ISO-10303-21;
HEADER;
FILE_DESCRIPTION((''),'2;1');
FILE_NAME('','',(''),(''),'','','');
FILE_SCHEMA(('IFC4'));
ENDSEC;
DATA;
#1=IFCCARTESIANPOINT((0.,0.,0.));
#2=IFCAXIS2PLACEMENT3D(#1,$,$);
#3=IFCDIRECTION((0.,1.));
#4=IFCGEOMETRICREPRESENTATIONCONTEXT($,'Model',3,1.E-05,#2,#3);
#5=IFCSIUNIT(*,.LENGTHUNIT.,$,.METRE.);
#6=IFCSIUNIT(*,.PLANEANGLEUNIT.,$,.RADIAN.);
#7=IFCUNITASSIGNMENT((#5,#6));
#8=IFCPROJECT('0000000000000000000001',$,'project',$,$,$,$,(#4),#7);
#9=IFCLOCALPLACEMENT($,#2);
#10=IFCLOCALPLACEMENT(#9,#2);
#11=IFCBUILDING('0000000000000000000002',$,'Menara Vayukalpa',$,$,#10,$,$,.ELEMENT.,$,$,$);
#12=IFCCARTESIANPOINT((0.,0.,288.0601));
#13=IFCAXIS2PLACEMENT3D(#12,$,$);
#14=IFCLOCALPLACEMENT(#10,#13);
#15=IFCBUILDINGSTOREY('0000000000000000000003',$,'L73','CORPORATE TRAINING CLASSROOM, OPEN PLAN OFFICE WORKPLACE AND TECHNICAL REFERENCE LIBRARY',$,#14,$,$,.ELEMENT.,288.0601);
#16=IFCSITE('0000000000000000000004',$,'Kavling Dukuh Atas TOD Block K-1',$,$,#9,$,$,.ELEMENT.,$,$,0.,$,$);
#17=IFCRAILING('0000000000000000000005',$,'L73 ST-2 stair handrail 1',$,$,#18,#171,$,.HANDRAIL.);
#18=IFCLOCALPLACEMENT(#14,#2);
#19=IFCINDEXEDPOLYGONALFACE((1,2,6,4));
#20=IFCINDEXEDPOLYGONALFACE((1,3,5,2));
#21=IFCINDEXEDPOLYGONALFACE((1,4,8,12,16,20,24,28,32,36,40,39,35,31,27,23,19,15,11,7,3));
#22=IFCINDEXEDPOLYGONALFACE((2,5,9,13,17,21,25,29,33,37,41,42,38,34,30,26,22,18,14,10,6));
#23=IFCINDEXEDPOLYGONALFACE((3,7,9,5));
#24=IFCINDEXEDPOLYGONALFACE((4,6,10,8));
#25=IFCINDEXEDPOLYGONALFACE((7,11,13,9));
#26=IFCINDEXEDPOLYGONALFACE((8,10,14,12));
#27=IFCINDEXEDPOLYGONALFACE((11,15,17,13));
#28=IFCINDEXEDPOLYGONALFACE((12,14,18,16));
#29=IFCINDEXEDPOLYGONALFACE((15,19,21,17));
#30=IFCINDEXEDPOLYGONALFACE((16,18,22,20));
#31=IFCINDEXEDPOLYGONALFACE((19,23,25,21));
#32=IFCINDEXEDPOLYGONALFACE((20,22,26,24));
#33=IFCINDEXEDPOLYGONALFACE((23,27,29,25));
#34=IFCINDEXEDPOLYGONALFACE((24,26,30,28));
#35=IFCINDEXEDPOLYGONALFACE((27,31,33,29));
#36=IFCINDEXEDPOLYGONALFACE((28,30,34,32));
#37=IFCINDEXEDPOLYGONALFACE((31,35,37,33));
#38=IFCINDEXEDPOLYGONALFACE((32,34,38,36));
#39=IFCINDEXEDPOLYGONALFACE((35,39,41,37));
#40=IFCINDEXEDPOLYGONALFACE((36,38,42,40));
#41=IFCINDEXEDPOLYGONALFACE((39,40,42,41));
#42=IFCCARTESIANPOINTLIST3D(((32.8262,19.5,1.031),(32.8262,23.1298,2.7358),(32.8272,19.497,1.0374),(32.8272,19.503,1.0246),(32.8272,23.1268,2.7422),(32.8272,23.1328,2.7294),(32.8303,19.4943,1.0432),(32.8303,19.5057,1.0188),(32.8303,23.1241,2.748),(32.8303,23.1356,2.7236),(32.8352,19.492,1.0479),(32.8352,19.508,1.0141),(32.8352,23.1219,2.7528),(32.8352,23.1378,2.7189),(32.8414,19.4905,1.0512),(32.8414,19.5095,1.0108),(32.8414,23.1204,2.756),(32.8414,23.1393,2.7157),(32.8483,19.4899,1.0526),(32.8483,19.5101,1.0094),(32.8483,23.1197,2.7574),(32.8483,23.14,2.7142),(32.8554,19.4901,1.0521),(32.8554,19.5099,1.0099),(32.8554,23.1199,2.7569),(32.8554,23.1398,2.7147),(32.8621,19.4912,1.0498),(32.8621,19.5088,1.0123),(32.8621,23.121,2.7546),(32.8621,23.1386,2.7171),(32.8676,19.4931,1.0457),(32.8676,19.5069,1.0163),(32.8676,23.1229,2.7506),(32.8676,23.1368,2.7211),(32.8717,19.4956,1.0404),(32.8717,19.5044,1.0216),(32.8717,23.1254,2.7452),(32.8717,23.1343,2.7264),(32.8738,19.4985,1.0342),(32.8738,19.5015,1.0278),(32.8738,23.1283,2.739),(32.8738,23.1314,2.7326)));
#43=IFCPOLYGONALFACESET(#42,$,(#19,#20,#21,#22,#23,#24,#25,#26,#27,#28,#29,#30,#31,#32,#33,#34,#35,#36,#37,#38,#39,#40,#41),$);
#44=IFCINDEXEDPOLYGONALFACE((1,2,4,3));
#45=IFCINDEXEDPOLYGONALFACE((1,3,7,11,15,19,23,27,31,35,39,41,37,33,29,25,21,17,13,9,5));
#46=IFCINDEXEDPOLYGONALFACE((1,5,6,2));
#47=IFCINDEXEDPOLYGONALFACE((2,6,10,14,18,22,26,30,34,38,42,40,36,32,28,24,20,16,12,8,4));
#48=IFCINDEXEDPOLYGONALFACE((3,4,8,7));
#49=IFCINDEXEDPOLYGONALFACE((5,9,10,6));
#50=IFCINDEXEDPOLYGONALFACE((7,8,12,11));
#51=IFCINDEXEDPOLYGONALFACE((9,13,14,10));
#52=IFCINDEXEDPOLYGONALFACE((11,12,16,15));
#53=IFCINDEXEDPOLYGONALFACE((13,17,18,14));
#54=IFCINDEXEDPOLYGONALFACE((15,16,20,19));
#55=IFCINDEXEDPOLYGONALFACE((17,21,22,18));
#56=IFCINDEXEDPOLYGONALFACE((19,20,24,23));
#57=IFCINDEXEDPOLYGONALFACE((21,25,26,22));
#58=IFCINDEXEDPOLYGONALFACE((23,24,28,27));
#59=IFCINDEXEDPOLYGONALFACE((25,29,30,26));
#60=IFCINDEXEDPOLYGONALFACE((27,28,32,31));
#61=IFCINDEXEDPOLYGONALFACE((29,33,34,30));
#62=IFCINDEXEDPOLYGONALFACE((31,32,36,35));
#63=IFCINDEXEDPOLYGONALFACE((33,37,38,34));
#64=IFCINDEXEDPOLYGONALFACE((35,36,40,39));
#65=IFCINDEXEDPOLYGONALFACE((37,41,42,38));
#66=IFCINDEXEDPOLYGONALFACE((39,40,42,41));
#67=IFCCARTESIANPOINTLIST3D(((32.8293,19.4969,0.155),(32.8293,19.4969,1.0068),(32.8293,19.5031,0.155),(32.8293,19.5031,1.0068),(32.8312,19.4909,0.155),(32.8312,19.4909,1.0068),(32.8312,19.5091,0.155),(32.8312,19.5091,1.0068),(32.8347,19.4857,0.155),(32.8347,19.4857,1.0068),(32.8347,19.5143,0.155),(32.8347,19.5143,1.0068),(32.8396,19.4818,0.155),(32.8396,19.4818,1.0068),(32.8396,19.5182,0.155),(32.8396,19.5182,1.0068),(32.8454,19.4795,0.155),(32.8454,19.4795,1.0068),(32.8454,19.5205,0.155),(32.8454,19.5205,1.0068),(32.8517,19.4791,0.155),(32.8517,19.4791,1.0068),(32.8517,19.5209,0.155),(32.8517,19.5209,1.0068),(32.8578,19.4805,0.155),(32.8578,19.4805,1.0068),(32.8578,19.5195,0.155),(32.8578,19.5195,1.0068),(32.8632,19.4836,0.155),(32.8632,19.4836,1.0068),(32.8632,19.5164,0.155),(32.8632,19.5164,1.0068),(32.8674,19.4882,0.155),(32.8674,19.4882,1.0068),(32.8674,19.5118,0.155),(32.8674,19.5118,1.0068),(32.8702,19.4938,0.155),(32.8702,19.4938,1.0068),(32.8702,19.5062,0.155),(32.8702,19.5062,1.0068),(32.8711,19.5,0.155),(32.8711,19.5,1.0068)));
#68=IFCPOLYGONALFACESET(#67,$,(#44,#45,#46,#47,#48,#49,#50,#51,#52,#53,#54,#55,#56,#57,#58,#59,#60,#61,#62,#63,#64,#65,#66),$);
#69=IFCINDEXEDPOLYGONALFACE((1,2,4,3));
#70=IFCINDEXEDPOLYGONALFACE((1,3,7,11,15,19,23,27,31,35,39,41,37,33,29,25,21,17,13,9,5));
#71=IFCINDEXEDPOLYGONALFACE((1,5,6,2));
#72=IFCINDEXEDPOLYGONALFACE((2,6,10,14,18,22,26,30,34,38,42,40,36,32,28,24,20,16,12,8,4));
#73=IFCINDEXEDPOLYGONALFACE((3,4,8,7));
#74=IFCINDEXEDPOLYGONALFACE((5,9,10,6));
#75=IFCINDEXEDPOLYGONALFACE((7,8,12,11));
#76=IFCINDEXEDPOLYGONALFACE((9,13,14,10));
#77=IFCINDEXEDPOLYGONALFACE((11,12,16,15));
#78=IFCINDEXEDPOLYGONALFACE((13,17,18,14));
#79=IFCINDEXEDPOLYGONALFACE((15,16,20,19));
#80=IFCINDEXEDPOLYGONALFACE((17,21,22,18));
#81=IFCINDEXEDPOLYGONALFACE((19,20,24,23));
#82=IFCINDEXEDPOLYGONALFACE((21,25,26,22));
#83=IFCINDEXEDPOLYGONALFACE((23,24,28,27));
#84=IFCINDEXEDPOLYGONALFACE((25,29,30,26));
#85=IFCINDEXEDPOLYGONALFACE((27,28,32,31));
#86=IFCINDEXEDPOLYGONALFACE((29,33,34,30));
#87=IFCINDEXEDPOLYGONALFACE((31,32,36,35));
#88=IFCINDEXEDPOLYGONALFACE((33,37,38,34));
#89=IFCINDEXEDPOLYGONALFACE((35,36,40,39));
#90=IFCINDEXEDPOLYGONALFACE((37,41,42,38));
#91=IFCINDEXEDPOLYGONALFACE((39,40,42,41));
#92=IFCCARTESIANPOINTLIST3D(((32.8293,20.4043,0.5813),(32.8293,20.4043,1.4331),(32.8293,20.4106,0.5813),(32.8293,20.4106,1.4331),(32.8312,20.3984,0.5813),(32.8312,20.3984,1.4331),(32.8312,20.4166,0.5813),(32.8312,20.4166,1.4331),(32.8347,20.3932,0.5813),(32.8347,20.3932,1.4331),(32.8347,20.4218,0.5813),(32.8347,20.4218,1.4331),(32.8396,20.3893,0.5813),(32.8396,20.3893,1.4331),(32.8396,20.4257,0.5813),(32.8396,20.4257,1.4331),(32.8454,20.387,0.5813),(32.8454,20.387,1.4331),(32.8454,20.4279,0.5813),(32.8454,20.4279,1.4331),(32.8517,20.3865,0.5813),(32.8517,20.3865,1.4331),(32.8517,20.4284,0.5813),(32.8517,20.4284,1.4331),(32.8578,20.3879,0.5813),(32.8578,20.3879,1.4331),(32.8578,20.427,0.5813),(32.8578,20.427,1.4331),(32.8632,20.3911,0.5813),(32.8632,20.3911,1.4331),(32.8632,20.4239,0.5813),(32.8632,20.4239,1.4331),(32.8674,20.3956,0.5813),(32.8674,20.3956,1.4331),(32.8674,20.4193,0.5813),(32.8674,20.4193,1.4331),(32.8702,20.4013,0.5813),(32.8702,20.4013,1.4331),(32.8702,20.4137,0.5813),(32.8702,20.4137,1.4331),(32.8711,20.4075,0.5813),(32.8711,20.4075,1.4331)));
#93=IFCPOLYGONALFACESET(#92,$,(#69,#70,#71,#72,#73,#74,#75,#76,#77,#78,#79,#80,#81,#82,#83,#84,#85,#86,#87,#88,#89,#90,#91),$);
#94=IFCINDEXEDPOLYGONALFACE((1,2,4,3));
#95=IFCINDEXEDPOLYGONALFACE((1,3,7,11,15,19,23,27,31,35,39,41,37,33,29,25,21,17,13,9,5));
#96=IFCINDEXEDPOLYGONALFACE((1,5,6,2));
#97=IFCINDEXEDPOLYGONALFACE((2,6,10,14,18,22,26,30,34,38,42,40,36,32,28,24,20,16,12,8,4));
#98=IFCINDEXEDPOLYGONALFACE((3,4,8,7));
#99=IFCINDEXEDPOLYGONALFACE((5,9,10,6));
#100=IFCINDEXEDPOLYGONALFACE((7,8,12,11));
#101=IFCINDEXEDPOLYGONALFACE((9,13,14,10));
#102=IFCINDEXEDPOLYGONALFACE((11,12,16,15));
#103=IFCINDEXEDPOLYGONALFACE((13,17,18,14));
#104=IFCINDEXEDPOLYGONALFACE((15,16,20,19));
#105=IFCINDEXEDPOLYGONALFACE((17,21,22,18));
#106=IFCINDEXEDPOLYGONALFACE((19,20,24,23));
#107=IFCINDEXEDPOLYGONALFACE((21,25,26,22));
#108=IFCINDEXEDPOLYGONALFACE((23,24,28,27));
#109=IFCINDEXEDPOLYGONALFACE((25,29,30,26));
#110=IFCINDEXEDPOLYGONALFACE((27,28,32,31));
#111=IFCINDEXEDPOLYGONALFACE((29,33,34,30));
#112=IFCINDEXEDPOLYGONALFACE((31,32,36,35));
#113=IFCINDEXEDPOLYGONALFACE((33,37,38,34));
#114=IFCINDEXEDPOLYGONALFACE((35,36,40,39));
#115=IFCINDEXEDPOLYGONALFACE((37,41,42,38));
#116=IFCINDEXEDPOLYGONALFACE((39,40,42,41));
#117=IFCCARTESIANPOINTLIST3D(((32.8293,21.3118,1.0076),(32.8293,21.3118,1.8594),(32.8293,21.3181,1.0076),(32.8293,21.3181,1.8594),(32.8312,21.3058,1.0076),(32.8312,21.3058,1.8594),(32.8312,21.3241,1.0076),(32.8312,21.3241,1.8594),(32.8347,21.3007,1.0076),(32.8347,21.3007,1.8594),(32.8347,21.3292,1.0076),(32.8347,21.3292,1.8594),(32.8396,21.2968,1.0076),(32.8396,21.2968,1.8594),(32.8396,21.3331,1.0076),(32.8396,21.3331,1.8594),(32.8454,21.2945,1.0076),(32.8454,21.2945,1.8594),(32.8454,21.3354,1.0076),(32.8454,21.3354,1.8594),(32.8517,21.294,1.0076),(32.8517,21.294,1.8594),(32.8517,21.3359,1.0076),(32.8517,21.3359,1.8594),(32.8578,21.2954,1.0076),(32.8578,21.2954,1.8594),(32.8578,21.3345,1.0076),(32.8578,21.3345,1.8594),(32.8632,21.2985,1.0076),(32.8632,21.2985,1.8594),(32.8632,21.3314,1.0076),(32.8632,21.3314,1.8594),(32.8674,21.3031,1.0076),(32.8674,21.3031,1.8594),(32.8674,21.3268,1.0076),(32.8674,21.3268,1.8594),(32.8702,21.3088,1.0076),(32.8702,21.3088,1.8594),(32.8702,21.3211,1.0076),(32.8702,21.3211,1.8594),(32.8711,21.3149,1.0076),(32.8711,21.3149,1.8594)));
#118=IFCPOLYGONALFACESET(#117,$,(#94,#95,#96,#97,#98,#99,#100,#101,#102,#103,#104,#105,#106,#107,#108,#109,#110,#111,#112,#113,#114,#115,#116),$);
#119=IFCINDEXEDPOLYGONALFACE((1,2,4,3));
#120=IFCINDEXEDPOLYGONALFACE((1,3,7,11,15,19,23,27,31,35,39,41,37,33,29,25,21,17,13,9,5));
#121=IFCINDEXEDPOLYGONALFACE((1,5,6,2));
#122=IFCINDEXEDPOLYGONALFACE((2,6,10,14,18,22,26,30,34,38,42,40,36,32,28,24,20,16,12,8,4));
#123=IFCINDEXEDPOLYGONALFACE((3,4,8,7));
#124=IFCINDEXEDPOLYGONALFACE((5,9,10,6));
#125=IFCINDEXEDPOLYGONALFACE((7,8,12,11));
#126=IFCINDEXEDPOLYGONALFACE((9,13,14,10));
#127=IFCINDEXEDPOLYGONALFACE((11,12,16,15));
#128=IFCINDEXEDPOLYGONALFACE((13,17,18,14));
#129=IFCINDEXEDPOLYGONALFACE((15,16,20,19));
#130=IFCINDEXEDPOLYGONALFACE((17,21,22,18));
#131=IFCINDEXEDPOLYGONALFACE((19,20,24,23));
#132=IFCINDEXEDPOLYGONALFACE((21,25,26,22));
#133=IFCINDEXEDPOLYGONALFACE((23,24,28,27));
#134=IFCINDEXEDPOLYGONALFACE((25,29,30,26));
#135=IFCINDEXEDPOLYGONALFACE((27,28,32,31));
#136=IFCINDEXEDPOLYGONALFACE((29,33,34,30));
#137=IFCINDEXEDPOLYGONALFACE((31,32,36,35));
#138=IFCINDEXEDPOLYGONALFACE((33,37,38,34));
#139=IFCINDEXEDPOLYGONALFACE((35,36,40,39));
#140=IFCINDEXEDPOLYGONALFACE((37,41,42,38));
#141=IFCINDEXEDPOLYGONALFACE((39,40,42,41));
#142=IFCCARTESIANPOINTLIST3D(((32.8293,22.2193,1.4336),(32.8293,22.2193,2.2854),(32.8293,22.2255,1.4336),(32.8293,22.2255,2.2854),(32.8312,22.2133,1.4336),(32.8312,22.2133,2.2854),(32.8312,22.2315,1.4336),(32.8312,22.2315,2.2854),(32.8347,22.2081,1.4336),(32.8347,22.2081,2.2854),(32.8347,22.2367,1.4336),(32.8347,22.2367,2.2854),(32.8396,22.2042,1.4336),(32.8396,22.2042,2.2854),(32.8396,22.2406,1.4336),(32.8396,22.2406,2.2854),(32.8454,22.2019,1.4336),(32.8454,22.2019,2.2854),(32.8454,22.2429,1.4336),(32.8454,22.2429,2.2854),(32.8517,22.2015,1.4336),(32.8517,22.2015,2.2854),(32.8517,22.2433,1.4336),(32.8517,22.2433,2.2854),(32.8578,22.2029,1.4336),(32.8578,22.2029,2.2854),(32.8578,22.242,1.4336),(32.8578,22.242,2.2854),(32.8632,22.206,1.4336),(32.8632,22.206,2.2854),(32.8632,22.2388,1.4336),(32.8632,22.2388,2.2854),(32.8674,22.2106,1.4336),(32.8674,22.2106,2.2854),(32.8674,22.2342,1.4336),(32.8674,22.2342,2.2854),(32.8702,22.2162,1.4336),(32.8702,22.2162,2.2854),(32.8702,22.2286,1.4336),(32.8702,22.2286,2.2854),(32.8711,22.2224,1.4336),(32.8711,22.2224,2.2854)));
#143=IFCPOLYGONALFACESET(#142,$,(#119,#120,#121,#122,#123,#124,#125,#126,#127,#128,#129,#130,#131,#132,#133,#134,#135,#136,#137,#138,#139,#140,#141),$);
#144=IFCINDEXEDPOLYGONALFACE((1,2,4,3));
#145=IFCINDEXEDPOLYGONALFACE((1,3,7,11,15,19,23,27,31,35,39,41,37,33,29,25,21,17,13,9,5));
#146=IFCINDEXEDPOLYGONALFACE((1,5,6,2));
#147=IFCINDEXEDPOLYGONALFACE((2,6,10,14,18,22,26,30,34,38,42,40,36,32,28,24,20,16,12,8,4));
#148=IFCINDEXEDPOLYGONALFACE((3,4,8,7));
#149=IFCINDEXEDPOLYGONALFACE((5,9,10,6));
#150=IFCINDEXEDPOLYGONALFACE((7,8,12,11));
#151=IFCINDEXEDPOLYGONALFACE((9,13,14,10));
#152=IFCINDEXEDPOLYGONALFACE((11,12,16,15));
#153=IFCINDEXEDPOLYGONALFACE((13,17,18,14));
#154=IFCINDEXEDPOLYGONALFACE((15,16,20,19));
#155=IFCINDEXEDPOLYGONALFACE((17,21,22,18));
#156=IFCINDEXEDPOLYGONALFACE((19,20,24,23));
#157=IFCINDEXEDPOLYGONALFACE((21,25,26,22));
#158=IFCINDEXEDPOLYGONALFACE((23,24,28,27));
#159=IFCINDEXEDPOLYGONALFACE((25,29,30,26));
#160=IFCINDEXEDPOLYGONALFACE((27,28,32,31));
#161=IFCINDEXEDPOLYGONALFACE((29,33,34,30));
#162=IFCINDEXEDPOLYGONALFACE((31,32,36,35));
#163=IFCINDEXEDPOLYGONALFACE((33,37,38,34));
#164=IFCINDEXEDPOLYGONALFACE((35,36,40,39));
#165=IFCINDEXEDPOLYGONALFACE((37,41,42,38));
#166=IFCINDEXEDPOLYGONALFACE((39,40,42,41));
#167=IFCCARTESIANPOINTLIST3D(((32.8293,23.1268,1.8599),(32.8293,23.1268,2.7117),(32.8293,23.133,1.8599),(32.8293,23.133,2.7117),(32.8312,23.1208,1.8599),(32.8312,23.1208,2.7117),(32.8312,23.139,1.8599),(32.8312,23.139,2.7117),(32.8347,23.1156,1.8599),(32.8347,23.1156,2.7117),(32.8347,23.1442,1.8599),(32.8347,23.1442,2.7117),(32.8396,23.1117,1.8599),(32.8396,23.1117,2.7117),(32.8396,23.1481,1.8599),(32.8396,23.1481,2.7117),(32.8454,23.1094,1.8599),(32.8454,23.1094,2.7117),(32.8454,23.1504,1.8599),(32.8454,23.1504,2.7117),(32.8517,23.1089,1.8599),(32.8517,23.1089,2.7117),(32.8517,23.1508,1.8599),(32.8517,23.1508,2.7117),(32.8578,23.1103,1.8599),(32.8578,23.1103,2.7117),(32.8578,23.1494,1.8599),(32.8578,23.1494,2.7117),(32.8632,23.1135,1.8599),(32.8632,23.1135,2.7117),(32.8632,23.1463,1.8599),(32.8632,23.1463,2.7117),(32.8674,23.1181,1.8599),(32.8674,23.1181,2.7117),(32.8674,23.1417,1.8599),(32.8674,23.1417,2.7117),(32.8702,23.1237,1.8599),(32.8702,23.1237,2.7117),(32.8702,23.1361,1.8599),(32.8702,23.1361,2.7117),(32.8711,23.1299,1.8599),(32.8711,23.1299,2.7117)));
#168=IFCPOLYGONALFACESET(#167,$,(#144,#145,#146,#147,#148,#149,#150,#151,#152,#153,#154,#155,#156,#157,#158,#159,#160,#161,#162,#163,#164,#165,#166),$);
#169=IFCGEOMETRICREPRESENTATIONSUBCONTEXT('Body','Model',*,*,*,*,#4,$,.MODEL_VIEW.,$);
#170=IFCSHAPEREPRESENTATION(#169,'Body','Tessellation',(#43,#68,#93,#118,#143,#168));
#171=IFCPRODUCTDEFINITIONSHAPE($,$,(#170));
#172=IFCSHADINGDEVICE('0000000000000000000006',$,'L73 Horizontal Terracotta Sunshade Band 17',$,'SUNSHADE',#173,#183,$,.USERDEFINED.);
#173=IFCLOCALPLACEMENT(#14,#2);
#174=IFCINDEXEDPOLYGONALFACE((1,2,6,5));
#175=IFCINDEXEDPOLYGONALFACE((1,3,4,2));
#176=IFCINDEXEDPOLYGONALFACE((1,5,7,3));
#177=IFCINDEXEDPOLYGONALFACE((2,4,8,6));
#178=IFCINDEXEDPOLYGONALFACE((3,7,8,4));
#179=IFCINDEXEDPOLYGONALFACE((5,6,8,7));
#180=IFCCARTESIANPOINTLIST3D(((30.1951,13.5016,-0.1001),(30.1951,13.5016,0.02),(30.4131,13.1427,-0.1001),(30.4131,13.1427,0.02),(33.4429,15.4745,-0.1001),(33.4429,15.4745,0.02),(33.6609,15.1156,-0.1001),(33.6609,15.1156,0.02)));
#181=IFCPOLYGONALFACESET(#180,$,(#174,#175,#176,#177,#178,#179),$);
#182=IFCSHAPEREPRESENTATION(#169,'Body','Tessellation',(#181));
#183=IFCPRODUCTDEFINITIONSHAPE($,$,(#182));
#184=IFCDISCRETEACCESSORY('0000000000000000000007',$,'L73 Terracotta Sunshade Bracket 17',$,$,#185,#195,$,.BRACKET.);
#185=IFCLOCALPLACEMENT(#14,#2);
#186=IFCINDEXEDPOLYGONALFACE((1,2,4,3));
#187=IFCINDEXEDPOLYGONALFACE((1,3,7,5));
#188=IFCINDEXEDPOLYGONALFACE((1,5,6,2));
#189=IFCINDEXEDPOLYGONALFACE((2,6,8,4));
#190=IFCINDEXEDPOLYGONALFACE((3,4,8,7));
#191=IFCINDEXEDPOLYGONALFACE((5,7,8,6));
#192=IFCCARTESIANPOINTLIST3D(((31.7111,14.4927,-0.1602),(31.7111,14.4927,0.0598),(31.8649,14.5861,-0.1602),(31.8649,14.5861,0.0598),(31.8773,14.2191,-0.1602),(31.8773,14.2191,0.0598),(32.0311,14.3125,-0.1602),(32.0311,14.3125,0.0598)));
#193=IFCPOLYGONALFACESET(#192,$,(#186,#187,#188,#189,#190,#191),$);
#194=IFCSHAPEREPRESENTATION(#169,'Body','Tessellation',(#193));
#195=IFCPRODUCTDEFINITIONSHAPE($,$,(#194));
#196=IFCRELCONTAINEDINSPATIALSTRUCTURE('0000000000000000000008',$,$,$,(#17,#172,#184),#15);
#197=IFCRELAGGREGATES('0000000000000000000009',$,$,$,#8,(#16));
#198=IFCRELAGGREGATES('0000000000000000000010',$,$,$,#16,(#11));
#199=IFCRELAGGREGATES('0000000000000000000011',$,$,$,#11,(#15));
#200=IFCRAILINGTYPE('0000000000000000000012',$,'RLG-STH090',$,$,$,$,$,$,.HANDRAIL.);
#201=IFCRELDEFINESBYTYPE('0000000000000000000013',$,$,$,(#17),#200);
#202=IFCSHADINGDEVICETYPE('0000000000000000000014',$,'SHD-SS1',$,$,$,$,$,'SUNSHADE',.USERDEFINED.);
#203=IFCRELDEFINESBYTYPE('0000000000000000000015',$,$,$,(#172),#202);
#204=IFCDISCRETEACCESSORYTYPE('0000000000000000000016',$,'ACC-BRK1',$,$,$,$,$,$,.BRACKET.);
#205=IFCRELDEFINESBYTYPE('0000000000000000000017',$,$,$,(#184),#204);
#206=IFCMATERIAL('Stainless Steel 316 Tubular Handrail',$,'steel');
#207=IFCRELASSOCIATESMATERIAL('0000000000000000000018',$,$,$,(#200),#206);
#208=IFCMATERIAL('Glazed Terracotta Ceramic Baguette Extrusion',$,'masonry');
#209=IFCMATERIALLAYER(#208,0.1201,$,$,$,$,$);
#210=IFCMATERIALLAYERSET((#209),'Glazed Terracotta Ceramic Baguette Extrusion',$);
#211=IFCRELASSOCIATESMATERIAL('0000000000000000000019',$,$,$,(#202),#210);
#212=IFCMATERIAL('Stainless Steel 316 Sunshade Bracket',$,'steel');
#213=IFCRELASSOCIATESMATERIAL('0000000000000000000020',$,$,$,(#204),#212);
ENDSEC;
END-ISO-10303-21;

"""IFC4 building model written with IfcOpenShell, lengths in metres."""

from ifc_helpers import new_model, si_unit, direction, frame, origin, origin_2d, place, context, subcontext, project, spatial, rectangle, circle, extrude, material, layer, layer_set, type_object, element, save


model = new_model("IFC4")

# Units and contexts
model_context = context("Model", 3, precision=1e-05, world=origin(), true_north=direction((0.0, 1.0)))
body_context = subcontext(model_context, "Body", "Model", "MODEL_VIEW")
ifc_project = project(units=[si_unit("LENGTHUNIT", "METRE"), si_unit("PLANEANGLEUNIT", "RADIAN")], contexts=[model_context])

# Site, building, storey
site_placement = place(None, origin())
site = spatial("IfcSite", under=ifc_project, at=site_placement, Name="Kavling Dukuh Atas TOD Block K-1", CompositionType="ELEMENT", RefElevation=0.0)
building_placement = place(site_placement, origin())
building = spatial("IfcBuilding", under=site, at=building_placement, Name="Menara Vayukalpa", CompositionType="ELEMENT")
storey_placement = place(building_placement, frame((0.0, 0.0, 288.0601)))
storey = spatial("IfcBuildingStorey", under=building, at=storey_placement, Name="L73", Description="CORPORATE TRAINING CLASSROOM, OPEN PLAN OFFICE WORKPLACE AND TECHNICAL REFERENCE LIBRARY", CompositionType="ELEMENT", Elevation=288.0601)

# Railing
ifc_material_1 = material(Name="Stainless Steel 316 Tubular Handrail", Category="steel")
railing_type_1 = type_object("IfcRailingType", Name="RLG-STH090", PredefinedType="HANDRAIL", material=ifc_material_1)
railing_1_placement = place(storey_placement, frame((32.8501, 19.5, 0.155)))
element("IfcRailing", 1, at=railing_1_placement, inside=storey, type_object=railing_type_1, Name="L73 ST-2 stair handrail 1", PredefinedType="HANDRAIL", context=body_context, shape_type="SweptSolid", body=[
    extrude(circle(Radius=0.0239, at=origin_2d()), frame((0.0, 0.0, 0.876), z_axis=(0.0, 0.90514, 0.425114), x_axis=(-1.0, 0.0, 0.0)), (0.0, 0.0, 1.0), 4.0103),
    extrude(circle(Radius=0.021, at=origin_2d()), origin(), (0.0, 0.0, 1.0), 0.8518),
    extrude(circle(Radius=0.021, at=origin_2d()), frame((0.0, 0.9075, 0.4263)), (0.0, 0.0, 1.0), 0.8518),
    extrude(circle(Radius=0.021, at=origin_2d()), frame((0.0, 1.8149, 0.8525)), (0.0, 0.0, 1.0), 0.8518),
    extrude(circle(Radius=0.021, at=origin_2d()), frame((0.0, 2.7224, 1.2786)), (0.0, 0.0, 1.0), 0.8518),
    extrude(circle(Radius=0.021, at=origin_2d()), frame((0.0, 3.6299, 1.7048)), (0.0, 0.0, 1.0), 0.8518),
])

# Shading device
ifc_material_2 = material(Name="Glazed Terracotta Ceramic Baguette Extrusion", Category="masonry")
ifc_layer_1 = layer(ifc_material_2, 0.1201)
ifc_layer_set_1 = layer_set([ifc_layer_1], Name="Glazed Terracotta Ceramic Baguette Extrusion")
shading_device_type = type_object("IfcShadingDeviceType", Name="SHD-SS1", ElementType="SUNSHADE", PredefinedType="USERDEFINED", material=ifc_layer_set_1)
shading_device_placement = place(storey_placement, frame((31.928, 14.3086, -0.1001), z_axis=(0.0, 0.0, 1.0), x_axis=(0.854667, 0.519176, 0.0)))
element("IfcShadingDevice", 2, at=shading_device_placement, inside=storey, type_object=shading_device_type, Name="L73 Horizontal Terracotta Sunshade Band 17", ObjectType="SUNSHADE", PredefinedType="USERDEFINED", context=body_context, shape_type="SweptSolid", body=[
    extrude(rectangle(XDim=3.8, YDim=0.4199, at=origin_2d()), origin(), (0.0, 0.0, 1.0), 0.1201),
])

# Discrete accessory
ifc_material_3 = material(Name="Stainless Steel 316 Sunshade Bracket", Category="steel")
discrete_accessory_type = type_object("IfcDiscreteAccessoryType", Name="ACC-BRK1", PredefinedType="BRACKET", material=ifc_material_3)
discrete_accessory_placement = place(storey_placement, frame((31.8711, 14.4026, -0.1602), z_axis=(0.0, 0.0, 1.0), x_axis=(0.854667, 0.519176, 0.0)))
element("IfcDiscreteAccessory", 3, at=discrete_accessory_placement, inside=storey, type_object=discrete_accessory_type, Name="L73 Terracotta Sunshade Bracket 17", PredefinedType="BRACKET", context=body_context, shape_type="SweptSolid", body=[
    extrude(rectangle(XDim=0.1799, YDim=0.3201, at=origin_2d()), origin(), (0.0, 0.0, 1.0), 0.22),
])

save(model, "model.ifc")
